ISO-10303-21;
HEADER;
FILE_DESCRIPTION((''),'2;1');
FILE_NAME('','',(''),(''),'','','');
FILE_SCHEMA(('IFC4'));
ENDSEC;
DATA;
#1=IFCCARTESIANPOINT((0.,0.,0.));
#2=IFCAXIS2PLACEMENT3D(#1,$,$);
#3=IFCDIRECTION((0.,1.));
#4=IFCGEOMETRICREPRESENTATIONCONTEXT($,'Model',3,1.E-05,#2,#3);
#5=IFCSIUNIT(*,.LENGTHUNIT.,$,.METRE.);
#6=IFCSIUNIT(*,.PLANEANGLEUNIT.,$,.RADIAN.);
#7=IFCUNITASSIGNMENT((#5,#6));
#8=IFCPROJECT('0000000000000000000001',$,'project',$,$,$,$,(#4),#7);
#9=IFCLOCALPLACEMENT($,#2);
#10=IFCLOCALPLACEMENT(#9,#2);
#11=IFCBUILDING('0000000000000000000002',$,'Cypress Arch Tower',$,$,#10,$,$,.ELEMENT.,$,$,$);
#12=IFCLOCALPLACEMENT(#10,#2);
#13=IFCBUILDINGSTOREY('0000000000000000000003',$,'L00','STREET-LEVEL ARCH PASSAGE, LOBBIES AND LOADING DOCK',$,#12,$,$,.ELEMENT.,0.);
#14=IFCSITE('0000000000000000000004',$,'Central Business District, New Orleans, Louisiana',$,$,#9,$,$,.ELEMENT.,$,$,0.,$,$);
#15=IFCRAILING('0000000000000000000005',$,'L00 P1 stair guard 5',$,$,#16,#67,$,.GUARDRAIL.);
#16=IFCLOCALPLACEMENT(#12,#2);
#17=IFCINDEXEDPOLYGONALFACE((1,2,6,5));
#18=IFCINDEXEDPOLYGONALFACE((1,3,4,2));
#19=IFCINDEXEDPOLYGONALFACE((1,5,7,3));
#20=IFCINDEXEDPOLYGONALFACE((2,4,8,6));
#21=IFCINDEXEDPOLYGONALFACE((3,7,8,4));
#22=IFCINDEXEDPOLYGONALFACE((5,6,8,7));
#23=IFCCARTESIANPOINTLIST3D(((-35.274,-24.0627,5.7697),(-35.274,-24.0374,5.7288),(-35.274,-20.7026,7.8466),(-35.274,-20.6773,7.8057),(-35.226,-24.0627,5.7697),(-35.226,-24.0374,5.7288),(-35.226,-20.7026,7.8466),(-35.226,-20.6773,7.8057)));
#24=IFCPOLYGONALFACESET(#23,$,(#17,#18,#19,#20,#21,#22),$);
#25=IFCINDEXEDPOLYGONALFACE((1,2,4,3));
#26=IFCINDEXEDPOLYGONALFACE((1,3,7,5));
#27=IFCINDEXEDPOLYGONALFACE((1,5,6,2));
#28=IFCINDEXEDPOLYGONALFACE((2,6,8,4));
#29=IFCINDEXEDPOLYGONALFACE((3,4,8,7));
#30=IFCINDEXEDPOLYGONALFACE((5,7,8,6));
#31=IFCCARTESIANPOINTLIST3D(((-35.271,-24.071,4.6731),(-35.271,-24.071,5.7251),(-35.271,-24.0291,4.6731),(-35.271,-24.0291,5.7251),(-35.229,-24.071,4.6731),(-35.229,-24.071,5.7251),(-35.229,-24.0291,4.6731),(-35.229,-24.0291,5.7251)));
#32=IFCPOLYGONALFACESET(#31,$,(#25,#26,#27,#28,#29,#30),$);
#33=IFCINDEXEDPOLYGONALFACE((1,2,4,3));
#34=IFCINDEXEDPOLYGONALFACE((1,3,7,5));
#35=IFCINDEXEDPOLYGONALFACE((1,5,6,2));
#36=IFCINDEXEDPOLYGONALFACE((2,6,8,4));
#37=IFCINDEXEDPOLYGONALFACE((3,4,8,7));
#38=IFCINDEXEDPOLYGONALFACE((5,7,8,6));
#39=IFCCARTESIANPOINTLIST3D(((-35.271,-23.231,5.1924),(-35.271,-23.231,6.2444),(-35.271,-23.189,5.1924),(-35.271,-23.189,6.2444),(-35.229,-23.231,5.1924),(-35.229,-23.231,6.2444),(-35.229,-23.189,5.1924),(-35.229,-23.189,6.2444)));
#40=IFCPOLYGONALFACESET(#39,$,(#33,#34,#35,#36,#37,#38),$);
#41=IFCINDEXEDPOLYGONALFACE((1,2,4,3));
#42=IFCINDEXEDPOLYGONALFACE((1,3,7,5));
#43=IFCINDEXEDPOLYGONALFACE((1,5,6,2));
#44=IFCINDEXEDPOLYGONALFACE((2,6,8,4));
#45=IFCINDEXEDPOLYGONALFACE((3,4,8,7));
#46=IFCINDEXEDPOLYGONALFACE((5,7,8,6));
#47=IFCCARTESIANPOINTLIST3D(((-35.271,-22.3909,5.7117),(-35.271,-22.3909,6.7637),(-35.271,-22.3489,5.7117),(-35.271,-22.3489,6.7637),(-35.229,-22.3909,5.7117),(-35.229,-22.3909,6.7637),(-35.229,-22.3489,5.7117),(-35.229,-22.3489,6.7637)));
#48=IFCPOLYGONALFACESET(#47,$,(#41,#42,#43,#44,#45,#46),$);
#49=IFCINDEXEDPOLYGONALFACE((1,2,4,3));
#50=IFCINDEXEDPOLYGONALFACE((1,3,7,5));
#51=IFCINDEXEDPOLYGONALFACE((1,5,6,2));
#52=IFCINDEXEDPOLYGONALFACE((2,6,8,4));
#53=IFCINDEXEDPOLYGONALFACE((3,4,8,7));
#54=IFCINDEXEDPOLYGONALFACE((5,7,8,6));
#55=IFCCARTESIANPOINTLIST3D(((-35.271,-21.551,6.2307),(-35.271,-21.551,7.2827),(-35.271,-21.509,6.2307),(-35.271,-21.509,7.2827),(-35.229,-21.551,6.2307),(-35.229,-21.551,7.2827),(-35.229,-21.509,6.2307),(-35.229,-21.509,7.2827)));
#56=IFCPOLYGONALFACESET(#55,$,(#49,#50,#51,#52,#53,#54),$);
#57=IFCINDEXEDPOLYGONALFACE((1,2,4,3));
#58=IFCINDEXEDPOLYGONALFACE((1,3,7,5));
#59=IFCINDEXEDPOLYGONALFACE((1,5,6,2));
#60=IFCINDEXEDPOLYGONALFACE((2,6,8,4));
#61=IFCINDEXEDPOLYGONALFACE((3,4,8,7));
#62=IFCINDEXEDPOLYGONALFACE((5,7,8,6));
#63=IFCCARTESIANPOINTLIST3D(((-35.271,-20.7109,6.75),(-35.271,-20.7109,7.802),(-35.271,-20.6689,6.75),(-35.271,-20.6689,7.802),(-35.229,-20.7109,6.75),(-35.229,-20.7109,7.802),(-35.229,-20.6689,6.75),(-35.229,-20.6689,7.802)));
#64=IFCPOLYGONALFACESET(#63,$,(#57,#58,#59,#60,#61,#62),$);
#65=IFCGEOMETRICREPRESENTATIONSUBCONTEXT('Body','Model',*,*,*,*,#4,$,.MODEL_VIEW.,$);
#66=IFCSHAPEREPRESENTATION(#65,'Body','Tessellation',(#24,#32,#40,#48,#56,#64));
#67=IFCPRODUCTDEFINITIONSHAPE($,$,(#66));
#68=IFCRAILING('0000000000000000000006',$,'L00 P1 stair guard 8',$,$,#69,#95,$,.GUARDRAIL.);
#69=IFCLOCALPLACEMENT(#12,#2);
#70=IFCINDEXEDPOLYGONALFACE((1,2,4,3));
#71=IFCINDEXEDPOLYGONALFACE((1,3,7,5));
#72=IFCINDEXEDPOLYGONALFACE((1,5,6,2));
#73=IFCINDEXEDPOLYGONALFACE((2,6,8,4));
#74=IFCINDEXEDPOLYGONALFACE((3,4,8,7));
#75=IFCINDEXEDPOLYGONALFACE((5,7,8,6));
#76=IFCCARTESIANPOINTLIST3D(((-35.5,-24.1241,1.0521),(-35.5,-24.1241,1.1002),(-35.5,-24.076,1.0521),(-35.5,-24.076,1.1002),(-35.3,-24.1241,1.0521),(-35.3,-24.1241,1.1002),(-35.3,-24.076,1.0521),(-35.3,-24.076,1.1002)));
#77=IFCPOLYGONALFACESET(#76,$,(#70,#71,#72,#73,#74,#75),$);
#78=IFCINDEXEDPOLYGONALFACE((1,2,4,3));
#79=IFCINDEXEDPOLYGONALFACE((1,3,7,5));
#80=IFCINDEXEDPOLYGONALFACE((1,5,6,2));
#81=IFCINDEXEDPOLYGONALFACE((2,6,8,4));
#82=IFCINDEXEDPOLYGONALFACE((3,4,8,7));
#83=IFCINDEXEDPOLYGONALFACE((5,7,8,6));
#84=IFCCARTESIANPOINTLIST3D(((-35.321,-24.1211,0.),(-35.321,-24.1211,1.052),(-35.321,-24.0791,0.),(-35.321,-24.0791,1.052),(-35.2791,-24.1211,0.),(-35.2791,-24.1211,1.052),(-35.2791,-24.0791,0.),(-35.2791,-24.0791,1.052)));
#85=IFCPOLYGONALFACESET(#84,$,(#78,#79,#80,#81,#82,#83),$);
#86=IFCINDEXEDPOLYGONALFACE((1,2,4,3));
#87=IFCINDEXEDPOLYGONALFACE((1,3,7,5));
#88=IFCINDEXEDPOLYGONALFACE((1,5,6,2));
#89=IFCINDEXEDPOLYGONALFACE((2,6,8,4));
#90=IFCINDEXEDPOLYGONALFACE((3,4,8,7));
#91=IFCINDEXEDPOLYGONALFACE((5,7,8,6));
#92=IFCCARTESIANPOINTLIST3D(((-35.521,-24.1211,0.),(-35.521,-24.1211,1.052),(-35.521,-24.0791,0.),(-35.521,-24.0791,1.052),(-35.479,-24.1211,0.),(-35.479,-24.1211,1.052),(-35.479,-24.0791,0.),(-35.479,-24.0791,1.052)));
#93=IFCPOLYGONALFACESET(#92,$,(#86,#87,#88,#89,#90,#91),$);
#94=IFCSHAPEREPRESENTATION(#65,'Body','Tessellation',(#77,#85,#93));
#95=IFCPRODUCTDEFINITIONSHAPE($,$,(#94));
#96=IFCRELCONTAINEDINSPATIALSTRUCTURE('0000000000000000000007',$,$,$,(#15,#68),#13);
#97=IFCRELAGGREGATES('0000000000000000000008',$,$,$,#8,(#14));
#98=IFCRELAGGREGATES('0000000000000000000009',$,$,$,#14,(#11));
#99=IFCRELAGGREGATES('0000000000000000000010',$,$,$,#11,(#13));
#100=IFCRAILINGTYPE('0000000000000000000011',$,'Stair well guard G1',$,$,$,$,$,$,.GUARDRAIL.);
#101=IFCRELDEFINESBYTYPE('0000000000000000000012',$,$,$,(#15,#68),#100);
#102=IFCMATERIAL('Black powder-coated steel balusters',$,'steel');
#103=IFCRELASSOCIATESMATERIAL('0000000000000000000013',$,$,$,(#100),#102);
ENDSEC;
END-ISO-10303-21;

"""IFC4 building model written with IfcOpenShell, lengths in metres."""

from ifc_helpers import new_model, si_unit, direction, frame, origin, origin_2d, place, context, subcontext, project, spatial, rectangle, extrude, material, type_object, element, save


model = new_model("IFC4")

# Units and contexts
model_context = context("Model", 3, precision=1e-05, world=origin(), true_north=direction((0.0, 1.0)))
body_context = subcontext(model_context, "Body", "Model", "MODEL_VIEW")
ifc_project = project(units=[si_unit("LENGTHUNIT", "METRE"), si_unit("PLANEANGLEUNIT", "RADIAN")], contexts=[model_context])

# Site, building, storey
site_placement = place(None, origin())
site = spatial("IfcSite", under=ifc_project, at=site_placement, Name="Central Business District, New Orleans, Louisiana", CompositionType="ELEMENT", RefElevation=0.0)
building_placement = place(site_placement, origin())
building = spatial("IfcBuilding", under=site, at=building_placement, Name="Cypress Arch Tower", CompositionType="ELEMENT")
storey_placement = place(building_placement, origin())
storey = spatial("IfcBuildingStorey", under=building, at=storey_placement, Name="L00", Description="STREET-LEVEL ARCH PASSAGE, LOBBIES AND LOADING DOCK", CompositionType="ELEMENT", Elevation=0.0)

# Railings
ifc_material_1 = material(Name="Black powder-coated steel balusters", Category="steel")
railing_type_1 = type_object("IfcRailingType", Name="Stair well guard G1", PredefinedType="GUARDRAIL", material=ifc_material_1)
railing_1_placement = place(storey_placement, frame((-35.25, -24.05, 4.6731)))
element("IfcRailing", 1, at=railing_1_placement, inside=storey, type_object=railing_type_1, Name="L00 P1 stair guard 5", PredefinedType="GUARDRAIL", context=body_context, shape_type="SweptSolid", body=[
    extrude(rectangle(XDim=0.0481, YDim=0.0481, at=origin_2d()), frame((0.0, 0.0, 1.0762), z_axis=(0.0, 0.850623, 0.525776), x_axis=(-1.0, 0.0, 0.0)), (0.0, 0.0, 1.0), 3.9502),
    extrude(rectangle(XDim=0.042, YDim=0.042, at=origin_2d()), origin(), (0.0, 0.0, 1.0), 1.052),
    extrude(rectangle(XDim=0.042, YDim=0.042, at=origin_2d()), frame((0.0, 0.8401, 0.5193)), (0.0, 0.0, 1.0), 1.052),
    extrude(rectangle(XDim=0.042, YDim=0.042, at=origin_2d()), frame((0.0, 1.6802, 1.0386)), (0.0, 0.0, 1.0), 1.052),
    extrude(rectangle(XDim=0.042, YDim=0.042, at=origin_2d()), frame((0.0, 2.52, 1.5576)), (0.0, 0.0, 1.0), 1.052),
    extrude(rectangle(XDim=0.042, YDim=0.042, at=origin_2d()), frame((0.0, 3.3601, 2.0769)), (0.0, 0.0, 1.0), 1.052),
])
railing_2_placement = place(storey_placement, frame((-35.3, -24.1001, 0.0)))
element("IfcRailing", 2, at=railing_2_placement, inside=storey, type_object=railing_type_1, Name="L00 P1 stair guard 8", PredefinedType="GUARDRAIL", context=body_context, shape_type="SweptSolid", body=[
    extrude(rectangle(XDim=0.0481, YDim=0.0481, at=origin_2d()), frame((0.0, 0.0, 1.0762), z_axis=(-1.0, 0.0, 0.0), x_axis=(0.0, -1.0, 0.0)), (0.0, 0.0, 1.0), 0.2),
    extrude(rectangle(XDim=0.042, YDim=0.042, at=origin_2d()), origin(), (0.0, 0.0, 1.0), 1.052),
    extrude(rectangle(XDim=0.042, YDim=0.042, at=origin_2d()), frame((-0.2, 0.0, 0.0)), (0.0, 0.0, 1.0), 1.052),
])

save(model, "model.ifc")
